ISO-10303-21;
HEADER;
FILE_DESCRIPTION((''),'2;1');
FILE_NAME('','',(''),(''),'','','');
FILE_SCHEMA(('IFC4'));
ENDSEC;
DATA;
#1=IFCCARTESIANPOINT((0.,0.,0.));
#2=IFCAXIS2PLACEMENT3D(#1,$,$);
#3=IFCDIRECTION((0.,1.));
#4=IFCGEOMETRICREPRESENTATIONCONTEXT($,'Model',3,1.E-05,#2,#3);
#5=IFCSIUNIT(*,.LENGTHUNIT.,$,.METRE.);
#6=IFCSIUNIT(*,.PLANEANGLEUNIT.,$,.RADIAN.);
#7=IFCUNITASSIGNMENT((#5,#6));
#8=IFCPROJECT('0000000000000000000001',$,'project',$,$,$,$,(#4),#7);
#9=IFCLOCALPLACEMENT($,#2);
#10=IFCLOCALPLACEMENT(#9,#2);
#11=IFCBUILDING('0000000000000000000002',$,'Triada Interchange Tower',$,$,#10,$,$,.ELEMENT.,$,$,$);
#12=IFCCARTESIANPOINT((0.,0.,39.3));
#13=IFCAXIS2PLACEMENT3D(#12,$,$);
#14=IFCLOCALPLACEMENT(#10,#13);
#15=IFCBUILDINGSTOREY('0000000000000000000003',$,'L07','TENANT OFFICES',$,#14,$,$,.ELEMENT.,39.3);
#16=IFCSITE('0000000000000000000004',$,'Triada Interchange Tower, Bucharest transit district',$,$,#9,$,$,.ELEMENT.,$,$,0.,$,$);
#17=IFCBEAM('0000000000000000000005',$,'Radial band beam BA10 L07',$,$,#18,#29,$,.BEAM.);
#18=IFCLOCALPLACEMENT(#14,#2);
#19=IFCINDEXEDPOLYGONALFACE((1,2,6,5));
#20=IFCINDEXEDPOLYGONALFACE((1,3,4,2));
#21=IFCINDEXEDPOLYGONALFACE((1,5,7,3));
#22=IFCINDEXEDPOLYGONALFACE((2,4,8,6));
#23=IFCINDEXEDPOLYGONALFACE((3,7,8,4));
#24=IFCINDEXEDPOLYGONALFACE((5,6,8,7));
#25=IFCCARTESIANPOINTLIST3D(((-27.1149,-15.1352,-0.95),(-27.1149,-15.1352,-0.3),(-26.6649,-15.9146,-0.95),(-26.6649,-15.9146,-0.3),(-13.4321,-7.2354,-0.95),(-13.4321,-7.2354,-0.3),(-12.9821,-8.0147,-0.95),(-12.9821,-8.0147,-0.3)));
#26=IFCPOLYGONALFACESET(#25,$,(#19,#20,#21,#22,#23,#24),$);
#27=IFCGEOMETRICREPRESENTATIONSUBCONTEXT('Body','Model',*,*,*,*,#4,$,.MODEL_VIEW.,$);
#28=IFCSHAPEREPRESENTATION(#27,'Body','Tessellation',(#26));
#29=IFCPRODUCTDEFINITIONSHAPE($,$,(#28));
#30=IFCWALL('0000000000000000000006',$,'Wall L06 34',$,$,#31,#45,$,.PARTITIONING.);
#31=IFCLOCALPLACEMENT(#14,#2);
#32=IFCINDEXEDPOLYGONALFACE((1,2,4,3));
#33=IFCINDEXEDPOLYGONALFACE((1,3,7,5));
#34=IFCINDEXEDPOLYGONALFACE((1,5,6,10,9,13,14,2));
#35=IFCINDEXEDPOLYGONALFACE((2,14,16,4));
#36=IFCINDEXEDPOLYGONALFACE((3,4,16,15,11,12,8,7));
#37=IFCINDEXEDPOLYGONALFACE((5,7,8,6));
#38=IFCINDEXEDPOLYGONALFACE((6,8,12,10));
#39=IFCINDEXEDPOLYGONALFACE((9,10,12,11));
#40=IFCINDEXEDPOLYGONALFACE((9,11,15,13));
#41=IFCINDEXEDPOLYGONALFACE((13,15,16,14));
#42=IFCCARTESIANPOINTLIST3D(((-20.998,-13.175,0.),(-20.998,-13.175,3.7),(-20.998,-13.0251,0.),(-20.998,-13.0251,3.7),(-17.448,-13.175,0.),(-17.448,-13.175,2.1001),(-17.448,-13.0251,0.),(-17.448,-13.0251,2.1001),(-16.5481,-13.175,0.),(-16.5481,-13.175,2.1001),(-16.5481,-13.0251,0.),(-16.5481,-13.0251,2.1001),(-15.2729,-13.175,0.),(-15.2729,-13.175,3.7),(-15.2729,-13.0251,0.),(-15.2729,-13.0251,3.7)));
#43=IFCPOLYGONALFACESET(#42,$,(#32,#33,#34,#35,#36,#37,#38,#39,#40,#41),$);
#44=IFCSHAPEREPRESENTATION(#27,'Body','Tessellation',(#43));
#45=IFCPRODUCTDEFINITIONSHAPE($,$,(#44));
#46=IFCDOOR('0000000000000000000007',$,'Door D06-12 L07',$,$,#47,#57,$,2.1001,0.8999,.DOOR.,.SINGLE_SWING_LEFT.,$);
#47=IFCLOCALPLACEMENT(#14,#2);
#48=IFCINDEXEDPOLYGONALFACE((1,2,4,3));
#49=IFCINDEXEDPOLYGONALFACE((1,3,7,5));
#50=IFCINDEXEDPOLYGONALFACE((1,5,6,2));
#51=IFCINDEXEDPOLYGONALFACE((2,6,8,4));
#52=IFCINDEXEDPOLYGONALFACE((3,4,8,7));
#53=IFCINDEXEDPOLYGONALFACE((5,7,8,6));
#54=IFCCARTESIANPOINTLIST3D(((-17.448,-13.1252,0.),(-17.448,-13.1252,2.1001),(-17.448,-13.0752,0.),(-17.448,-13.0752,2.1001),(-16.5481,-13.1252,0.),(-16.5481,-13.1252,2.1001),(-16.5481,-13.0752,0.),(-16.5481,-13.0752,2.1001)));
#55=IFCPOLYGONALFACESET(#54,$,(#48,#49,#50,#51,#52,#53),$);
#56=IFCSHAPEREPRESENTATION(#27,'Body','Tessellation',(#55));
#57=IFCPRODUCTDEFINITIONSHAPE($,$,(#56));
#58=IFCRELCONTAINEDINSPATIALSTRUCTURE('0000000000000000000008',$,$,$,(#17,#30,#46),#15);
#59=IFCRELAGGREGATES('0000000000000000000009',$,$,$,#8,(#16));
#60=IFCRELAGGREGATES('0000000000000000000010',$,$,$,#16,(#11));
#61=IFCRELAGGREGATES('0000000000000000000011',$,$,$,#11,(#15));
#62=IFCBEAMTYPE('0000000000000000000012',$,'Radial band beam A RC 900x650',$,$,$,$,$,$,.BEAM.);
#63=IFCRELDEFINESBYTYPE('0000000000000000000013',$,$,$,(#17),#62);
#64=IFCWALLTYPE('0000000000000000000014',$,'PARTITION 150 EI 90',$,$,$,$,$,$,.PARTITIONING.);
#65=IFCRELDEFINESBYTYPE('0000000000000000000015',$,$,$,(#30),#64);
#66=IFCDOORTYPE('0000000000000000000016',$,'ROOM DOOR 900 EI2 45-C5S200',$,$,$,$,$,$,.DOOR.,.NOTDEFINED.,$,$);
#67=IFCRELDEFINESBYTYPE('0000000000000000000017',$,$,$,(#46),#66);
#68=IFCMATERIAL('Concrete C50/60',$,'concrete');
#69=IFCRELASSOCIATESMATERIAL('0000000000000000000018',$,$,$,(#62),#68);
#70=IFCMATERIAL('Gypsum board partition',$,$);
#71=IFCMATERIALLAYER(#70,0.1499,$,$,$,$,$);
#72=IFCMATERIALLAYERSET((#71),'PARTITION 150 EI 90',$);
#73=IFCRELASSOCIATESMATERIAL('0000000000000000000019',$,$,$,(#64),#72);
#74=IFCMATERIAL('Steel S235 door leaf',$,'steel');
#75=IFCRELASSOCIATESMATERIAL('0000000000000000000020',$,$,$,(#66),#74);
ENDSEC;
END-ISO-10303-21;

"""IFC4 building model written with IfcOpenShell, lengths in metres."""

from ifc_helpers import new_model, si_unit, direction, frame, frame_2d, origin, origin_2d, place, context, subcontext, project, spatial, rectangle, extrude, material, layer, layer_set, material_profile, profile_set, type_object, element, fill, save


model = new_model("IFC4")

# Units and contexts
model_context = context("Model", 3, precision=1e-05, world=origin(), true_north=direction((0.0, 1.0)))
body_context = subcontext(model_context, "Body", "Model", "MODEL_VIEW")
ifc_project = project(units=[si_unit("LENGTHUNIT", "METRE"), si_unit("PLANEANGLEUNIT", "RADIAN")], contexts=[model_context])

# Site, building, storey
site_placement = place(None, origin())
site = spatial("IfcSite", under=ifc_project, at=site_placement, Name="Triada Interchange Tower, Bucharest transit district", CompositionType="ELEMENT", RefElevation=0.0)
building_placement = place(site_placement, origin())
building = spatial("IfcBuilding", under=site, at=building_placement, Name="Triada Interchange Tower", CompositionType="ELEMENT")
storey_placement = place(building_placement, frame((0.0, 0.0, 39.3)))
storey = spatial("IfcBuildingStorey", under=building, at=storey_placement, Name="L07", Description="TENANT OFFICES", CompositionType="ELEMENT", Elevation=39.3)

# Beam
ifc_material_1 = material(Name="Concrete C50/60", Category="concrete")
ifc_material_profile = material_profile(ifc_material_1, rectangle(XDim=0.8999, YDim=0.6499, at=origin_2d()), Name="RC 900x650")
ifc_profile_set = profile_set([ifc_material_profile], Name="Concrete C50/60")
beam_type = type_object("IfcBeamType", Name="Radial band beam A RC 900x650", PredefinedType="BEAM", material=ifc_profile_set)
beam_placement = place(storey_placement, frame((-26.8899, -15.5249, -0.625), z_axis=(0.866023, 0.500005, 0.0), x_axis=(-0.500005, 0.866023, 0.0)))
element("IfcBeam", 1, at=beam_placement, inside=storey, type_object=beam_type, Name="Radial band beam BA10 L07", PredefinedType="BEAM", context=body_context, shape_type="SweptSolid", body=[
    extrude(rectangle(XDim=0.8999, YDim=0.6499, at=origin_2d()), origin(), (0.0, 0.0, 1.0), 15.7996),
])

# Wall, opening, door
ifc_material_2 = material(Name="Gypsum board partition")
ifc_layer = layer(ifc_material_2, 0.1499)
ifc_layer_set = layer_set([ifc_layer], Name="PARTITION 150 EI 90")
wall_type = type_object("IfcWallType", Name="PARTITION 150 EI 90", PredefinedType="PARTITIONING", material=ifc_layer_set)
wall_placement = place(storey_placement, frame((-20.998, -13.1001, 0.0), z_axis=(0.0, 0.0, 1.0), x_axis=(1.0, 0.0, 0.0)))
wall = element("IfcWall", 2, at=wall_placement, inside=storey, type_object=wall_type, Name="Wall L06 34", PredefinedType="PARTITIONING", context=body_context, shape_type="SweptSolid", body=[
    extrude(rectangle(XDim=5.7251, YDim=0.1499, at=frame_2d((2.8625, 0.0))), origin(), (0.0, 0.0, 1.0), 3.7),
])
opening_placement = place(wall_placement, frame((3.55, 0.0, 0.0)))
opening = element("IfcOpeningElement", 3, at=opening_placement, cuts=wall, PredefinedType="OPENING", context=body_context, shape_type="SweptSolid", body=[
    extrude(rectangle(XDim=0.8999, YDim=2.1001, at=frame_2d((0.45, 1.05))), frame((0.0, 0.085, 0.0), z_axis=(0.0, -1.0, 0.0), x_axis=(1.0, 0.0, 0.0)), (0.0, 0.0, 1.0), 0.1699),
])
ifc_material_3 = material(Name="Steel S235 door leaf", Category="steel")
door_type = type_object("IfcDoorType", Name="ROOM DOOR 900 EI2 45-C5S200", OperationType="NOTDEFINED", PredefinedType="DOOR", material=ifc_material_3)
door_placement = place(opening_placement, origin())
door = element("IfcDoor", 4, at=door_placement, inside=storey, type_object=door_type, Name="Door D06-12 L07", OperationType="SINGLE_SWING_LEFT", OverallHeight=2.1001, OverallWidth=0.8999, PredefinedType="DOOR", context=body_context, shape_type="SweptSolid", body=[
    extrude(rectangle(XDim=0.8999, YDim=2.1001, at=frame_2d((0.45, 1.05))), frame((0.0, 0.0249, 0.0), z_axis=(0.0, -1.0, 0.0), x_axis=(1.0, 0.0, 0.0)), (0.0, 0.0, 1.0), 0.05),
])
fill(opening, door)

save(model, "model.ifc")
